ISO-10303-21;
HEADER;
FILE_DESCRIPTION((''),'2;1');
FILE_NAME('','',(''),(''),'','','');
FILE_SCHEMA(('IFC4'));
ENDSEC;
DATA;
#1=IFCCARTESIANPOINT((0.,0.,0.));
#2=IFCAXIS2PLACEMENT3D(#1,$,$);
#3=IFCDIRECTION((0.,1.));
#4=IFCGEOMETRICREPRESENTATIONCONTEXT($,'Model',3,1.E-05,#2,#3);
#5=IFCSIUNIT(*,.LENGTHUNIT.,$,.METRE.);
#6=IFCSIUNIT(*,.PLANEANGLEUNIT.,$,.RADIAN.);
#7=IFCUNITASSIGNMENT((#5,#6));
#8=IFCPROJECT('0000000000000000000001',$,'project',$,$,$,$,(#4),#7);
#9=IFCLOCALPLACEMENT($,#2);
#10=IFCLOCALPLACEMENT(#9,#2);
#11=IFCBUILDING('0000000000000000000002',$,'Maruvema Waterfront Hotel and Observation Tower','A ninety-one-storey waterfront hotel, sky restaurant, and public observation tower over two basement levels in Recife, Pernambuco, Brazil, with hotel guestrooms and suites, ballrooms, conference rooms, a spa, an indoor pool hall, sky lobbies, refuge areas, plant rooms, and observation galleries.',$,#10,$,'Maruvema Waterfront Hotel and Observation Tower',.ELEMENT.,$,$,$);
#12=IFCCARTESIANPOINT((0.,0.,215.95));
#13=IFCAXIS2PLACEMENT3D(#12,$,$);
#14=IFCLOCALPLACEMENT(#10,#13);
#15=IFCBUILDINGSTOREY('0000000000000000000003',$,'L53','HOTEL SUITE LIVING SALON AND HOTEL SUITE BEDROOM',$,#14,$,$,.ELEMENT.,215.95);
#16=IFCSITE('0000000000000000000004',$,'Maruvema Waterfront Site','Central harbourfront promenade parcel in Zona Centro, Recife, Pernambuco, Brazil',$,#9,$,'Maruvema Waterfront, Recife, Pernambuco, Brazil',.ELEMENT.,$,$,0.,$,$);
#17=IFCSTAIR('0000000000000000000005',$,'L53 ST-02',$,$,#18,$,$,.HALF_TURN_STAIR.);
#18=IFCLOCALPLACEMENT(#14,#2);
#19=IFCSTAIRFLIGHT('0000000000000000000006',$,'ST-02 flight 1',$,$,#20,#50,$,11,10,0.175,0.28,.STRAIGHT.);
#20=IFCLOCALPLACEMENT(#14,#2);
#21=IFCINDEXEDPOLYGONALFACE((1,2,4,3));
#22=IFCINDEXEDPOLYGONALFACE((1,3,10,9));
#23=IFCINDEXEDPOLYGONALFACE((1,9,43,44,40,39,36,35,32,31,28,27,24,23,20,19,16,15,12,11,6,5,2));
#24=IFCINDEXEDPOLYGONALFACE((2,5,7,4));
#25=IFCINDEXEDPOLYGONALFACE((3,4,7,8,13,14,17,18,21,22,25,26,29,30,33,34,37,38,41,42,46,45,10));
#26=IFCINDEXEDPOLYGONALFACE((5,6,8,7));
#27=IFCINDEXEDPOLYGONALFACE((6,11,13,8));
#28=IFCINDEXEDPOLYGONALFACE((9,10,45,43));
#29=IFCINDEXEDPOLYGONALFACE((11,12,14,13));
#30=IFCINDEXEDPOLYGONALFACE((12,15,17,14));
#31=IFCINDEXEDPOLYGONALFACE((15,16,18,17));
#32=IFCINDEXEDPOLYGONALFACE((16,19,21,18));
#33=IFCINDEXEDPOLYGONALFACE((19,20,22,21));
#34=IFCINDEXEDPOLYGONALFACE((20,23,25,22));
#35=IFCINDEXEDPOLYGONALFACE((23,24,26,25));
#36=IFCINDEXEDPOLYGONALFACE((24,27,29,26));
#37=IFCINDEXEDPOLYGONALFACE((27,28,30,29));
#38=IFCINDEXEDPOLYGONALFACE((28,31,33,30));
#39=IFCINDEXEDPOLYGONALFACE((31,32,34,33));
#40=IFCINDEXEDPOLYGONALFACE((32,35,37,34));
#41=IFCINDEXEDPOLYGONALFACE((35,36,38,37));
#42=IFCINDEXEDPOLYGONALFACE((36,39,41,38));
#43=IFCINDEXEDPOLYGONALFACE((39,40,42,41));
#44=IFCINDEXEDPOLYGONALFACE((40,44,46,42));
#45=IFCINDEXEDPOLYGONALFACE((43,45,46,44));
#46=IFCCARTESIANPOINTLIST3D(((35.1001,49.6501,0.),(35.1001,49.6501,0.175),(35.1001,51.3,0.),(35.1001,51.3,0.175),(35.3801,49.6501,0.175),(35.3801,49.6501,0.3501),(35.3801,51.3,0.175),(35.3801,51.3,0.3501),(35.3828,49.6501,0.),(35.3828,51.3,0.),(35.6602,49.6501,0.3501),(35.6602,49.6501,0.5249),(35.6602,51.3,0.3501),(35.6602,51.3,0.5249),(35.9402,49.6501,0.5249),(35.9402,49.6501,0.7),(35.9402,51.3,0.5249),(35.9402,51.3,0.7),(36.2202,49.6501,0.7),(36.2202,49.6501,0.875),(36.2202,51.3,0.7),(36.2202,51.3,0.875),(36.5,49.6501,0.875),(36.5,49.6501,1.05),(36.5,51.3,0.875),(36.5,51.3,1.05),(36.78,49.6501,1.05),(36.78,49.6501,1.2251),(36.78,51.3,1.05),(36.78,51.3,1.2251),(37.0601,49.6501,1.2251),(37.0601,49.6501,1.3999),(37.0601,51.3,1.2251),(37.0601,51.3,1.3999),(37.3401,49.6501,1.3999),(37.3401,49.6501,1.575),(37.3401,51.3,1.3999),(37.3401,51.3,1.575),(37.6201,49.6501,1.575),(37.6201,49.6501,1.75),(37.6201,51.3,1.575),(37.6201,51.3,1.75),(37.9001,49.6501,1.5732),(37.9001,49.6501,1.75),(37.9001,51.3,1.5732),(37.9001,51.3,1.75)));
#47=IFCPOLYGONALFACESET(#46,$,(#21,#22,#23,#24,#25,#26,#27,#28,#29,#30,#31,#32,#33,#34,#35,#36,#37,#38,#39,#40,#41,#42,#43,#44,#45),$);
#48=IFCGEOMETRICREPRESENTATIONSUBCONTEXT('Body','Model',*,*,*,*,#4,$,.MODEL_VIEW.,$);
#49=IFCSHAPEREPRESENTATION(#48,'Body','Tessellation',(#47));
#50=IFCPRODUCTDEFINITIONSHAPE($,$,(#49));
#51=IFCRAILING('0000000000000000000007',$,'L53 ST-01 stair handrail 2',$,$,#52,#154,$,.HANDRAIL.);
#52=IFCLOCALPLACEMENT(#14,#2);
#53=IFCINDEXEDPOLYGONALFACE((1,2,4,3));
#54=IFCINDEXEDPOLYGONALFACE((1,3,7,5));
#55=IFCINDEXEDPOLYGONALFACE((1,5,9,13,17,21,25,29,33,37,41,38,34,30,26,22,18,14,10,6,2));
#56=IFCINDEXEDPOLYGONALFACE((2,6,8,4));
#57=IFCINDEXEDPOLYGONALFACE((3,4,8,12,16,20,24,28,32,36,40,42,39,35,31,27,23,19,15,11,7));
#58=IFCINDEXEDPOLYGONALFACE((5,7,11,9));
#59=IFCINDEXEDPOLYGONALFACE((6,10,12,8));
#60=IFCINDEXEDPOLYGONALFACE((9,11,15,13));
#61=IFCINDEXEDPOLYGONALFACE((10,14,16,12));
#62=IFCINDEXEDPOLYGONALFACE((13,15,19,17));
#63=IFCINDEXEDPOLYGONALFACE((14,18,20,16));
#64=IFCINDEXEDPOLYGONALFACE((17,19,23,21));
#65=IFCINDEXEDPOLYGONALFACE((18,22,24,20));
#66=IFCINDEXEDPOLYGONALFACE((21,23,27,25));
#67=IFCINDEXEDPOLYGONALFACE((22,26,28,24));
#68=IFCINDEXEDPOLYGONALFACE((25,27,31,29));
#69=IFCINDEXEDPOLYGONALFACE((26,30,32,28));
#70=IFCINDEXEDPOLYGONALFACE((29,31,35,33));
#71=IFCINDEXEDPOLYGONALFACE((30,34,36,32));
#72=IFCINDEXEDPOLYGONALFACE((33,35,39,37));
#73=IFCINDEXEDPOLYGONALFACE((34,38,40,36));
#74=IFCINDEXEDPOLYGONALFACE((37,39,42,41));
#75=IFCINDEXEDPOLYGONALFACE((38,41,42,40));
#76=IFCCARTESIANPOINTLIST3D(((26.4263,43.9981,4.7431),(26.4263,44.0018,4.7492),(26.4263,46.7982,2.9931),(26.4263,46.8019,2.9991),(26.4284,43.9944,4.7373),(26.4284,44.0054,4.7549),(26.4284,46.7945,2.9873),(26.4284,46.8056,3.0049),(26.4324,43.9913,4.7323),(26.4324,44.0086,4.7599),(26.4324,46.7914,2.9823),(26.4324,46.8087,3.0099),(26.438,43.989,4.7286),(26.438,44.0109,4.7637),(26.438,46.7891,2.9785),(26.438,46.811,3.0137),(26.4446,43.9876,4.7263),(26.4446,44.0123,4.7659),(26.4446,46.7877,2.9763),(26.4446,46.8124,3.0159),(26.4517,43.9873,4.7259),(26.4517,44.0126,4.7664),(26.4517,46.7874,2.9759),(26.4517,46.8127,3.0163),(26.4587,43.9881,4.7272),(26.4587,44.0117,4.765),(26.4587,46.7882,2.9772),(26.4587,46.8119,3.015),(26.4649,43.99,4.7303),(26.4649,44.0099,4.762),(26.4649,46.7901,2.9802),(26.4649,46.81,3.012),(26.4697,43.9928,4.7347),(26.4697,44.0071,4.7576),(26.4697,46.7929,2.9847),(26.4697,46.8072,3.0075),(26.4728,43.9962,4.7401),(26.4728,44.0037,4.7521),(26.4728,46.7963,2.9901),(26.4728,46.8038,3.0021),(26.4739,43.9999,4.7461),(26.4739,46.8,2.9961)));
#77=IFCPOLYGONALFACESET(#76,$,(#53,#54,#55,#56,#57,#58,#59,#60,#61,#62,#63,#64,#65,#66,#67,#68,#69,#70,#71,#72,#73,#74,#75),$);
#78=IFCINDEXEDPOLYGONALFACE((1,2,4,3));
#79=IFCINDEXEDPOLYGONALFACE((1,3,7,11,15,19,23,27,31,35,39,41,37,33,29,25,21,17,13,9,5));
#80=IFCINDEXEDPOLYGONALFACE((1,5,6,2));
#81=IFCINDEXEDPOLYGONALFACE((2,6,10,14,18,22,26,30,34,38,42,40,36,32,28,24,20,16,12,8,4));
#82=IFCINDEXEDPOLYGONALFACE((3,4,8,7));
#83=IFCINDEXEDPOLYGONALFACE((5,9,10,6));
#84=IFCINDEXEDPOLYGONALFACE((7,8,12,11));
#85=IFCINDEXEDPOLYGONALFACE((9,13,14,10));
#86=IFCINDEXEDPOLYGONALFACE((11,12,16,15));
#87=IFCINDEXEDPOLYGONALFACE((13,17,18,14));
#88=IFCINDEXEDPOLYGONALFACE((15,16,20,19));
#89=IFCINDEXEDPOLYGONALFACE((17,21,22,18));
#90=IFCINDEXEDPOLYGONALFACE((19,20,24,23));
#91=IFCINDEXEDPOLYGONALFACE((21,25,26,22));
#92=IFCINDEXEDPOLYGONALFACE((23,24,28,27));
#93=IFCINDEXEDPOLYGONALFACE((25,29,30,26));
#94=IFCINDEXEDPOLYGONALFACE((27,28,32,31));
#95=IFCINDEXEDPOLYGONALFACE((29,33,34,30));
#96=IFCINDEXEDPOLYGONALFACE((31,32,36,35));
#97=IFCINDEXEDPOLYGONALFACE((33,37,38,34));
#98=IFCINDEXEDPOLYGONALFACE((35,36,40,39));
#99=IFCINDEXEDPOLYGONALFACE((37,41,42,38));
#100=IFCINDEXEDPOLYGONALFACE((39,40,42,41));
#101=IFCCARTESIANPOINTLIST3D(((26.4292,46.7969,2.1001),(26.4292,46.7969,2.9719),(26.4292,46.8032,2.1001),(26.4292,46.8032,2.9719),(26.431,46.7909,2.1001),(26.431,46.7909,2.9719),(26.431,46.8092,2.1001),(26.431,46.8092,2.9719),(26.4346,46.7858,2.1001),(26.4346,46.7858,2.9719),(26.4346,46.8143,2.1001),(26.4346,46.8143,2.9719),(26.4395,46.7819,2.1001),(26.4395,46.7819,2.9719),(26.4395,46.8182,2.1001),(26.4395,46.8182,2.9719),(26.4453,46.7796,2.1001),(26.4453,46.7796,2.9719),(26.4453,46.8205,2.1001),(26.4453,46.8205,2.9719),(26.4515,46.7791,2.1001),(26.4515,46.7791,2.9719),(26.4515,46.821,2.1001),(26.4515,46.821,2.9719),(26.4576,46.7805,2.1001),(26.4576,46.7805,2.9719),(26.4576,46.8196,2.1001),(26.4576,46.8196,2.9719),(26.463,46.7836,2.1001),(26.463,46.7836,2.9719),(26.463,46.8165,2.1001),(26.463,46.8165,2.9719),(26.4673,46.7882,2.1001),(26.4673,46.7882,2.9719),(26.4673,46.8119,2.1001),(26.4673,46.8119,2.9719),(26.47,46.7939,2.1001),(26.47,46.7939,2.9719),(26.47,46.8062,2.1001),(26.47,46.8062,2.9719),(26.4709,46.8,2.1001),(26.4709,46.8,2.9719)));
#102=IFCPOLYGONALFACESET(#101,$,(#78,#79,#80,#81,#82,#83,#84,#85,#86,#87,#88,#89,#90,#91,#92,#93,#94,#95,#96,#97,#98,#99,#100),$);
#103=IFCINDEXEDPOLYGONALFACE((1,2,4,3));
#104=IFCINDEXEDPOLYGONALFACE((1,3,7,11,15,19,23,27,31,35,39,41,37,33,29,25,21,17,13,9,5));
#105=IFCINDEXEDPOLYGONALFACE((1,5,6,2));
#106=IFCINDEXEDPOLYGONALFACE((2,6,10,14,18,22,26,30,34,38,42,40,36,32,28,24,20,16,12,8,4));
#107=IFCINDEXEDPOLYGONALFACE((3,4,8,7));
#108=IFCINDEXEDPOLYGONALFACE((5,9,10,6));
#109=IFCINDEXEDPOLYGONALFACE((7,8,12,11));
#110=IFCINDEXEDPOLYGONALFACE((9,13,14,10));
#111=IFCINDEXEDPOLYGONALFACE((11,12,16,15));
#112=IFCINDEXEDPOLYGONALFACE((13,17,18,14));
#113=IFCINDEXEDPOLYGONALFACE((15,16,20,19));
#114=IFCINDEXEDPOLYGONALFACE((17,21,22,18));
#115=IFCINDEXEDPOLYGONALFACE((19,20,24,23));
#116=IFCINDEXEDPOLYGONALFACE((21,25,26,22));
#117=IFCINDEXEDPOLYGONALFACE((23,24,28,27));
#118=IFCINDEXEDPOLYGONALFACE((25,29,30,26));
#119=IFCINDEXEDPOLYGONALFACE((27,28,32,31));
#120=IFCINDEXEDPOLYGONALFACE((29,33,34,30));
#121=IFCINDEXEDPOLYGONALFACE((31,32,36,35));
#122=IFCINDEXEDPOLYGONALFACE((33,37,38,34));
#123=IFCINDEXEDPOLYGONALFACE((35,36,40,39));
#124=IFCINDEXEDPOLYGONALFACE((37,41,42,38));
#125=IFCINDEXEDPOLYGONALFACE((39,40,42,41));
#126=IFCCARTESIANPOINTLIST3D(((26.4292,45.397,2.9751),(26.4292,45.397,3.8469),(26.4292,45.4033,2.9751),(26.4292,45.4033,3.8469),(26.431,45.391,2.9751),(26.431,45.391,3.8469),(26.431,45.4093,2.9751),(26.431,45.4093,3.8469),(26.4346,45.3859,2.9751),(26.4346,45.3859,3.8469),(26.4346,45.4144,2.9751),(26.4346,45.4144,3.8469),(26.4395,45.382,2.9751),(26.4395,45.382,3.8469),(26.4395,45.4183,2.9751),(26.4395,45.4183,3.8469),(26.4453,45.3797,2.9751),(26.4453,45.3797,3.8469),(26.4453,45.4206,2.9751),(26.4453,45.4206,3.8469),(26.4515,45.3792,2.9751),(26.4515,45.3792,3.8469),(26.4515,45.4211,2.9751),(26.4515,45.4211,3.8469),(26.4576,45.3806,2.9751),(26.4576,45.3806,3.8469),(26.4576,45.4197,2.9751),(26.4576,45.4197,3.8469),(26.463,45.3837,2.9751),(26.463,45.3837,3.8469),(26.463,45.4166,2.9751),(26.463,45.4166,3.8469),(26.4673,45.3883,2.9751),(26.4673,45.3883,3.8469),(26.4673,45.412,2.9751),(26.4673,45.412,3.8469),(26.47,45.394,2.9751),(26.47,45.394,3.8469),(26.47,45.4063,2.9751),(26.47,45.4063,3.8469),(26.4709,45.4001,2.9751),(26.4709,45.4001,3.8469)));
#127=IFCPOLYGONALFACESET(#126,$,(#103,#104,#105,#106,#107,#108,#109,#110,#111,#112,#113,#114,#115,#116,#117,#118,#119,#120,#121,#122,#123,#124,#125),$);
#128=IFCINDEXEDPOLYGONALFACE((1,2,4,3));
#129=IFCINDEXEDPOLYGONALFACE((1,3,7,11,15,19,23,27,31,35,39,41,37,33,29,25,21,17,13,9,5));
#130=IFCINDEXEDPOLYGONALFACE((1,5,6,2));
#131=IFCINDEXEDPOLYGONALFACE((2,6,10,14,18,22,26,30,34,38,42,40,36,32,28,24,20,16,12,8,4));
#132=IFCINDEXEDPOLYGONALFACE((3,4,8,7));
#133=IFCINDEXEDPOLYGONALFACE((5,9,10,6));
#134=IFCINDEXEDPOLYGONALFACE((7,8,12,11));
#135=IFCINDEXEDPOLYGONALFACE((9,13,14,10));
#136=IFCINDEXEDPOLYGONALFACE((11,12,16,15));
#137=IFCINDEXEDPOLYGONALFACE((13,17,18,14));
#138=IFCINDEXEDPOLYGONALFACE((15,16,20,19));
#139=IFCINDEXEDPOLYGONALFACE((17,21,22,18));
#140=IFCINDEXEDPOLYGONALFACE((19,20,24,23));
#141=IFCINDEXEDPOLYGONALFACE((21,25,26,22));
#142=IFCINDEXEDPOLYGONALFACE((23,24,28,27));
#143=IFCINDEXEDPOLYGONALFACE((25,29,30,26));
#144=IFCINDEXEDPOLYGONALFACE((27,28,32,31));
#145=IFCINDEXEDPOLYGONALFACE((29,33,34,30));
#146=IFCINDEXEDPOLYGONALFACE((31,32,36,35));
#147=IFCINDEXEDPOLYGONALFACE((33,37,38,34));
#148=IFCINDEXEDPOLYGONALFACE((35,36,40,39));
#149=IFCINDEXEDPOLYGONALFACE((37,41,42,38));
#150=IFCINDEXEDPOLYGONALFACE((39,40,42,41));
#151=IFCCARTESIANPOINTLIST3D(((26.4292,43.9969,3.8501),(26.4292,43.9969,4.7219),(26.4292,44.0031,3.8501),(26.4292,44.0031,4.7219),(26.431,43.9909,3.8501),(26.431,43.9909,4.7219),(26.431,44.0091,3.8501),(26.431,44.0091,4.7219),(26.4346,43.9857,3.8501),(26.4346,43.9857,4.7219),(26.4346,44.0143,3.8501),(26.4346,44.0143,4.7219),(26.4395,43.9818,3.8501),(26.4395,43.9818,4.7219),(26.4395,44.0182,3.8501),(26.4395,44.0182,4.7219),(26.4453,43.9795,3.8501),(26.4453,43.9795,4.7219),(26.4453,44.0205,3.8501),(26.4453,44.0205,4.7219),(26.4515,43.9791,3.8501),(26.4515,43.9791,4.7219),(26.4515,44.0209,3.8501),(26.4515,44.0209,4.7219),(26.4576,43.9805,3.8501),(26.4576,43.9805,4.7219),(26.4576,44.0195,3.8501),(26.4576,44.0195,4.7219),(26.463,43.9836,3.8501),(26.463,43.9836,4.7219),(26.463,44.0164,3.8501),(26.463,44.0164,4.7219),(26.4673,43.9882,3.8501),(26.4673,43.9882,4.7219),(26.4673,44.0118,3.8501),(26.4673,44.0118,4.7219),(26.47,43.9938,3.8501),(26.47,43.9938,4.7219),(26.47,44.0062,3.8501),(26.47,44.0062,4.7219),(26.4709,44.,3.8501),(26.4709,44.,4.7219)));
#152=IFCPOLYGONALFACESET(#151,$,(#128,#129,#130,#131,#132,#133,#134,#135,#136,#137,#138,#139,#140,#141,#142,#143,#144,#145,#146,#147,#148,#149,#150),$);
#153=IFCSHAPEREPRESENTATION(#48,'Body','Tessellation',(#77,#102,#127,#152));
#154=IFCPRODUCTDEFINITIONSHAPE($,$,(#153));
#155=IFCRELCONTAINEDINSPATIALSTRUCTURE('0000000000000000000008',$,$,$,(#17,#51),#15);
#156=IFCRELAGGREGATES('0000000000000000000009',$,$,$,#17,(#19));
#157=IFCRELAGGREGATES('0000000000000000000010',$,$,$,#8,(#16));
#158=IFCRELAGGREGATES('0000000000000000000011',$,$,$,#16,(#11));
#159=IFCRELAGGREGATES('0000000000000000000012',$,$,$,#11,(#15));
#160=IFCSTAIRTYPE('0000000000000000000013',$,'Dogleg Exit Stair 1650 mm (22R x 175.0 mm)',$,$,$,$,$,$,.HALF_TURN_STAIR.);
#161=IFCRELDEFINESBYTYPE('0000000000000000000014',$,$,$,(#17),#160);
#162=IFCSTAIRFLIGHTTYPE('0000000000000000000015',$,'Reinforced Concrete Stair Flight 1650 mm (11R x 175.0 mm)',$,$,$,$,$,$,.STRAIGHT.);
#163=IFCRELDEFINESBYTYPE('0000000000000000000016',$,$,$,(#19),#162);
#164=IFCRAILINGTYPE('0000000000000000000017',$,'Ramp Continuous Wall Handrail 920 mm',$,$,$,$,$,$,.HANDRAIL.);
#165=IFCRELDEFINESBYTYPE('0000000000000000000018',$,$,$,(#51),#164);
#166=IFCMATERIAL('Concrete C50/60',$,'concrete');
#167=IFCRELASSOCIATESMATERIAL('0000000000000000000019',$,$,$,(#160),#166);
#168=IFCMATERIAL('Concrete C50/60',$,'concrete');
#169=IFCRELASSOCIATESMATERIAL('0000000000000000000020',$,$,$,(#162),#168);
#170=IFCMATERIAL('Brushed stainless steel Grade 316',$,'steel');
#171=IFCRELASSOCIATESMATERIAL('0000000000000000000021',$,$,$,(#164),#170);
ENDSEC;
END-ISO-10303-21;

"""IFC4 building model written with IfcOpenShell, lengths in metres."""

from ifc_helpers import new_model, si_unit, direction, frame, origin, origin_2d, place, context, subcontext, project, spatial, polyline, circle, outline, extrude, material, type_object, element, aggregate, save


model = new_model("IFC4")

# Units and contexts
model_context = context("Model", 3, precision=1e-05, world=origin(), true_north=direction((0.0, 1.0)))
body_context = subcontext(model_context, "Body", "Model", "MODEL_VIEW")
ifc_project = project(units=[si_unit("LENGTHUNIT", "METRE"), si_unit("PLANEANGLEUNIT", "RADIAN")], contexts=[model_context])

# Site, building, storey
site_placement = place(None, origin())
site = spatial("IfcSite", under=ifc_project, at=site_placement, Name="Maruvema Waterfront Site", Description="Central harbourfront promenade parcel in Zona Centro, Recife, Pernambuco, Brazil", LongName="Maruvema Waterfront, Recife, Pernambuco, Brazil", CompositionType="ELEMENT", RefElevation=0.0)
building_placement = place(site_placement, origin())
building = spatial("IfcBuilding", under=site, at=building_placement, Name="Maruvema Waterfront Hotel and Observation Tower", Description="A ninety-one-storey waterfront hotel, sky restaurant, and public observation tower over two basement levels in Recife, Pernambuco, Brazil, with hotel guestrooms and suites, ballrooms, conference rooms, a spa, an indoor pool hall, sky lobbies, refuge areas, plant rooms, and observation galleries.", LongName="Maruvema Waterfront Hotel and Observation Tower", CompositionType="ELEMENT")
storey_placement = place(building_placement, frame((0.0, 0.0, 215.95)))
storey = spatial("IfcBuildingStorey", under=building, at=storey_placement, Name="L53", Description="HOTEL SUITE LIVING SALON AND HOTEL SUITE BEDROOM", CompositionType="ELEMENT", Elevation=215.95)

# Stair, stair flight
ifc_material_1 = material(Name="Concrete C50/60", Category="concrete")
stair_type = type_object("IfcStairType", Name="Dogleg Exit Stair 1650 mm (22R x 175.0 mm)", PredefinedType="HALF_TURN_STAIR", material=ifc_material_1)
ifc_material_2 = material(Name="Concrete C50/60", Category="concrete")
stair_flight_type = type_object("IfcStairFlightType", Name="Reinforced Concrete Stair Flight 1650 mm (11R x 175.0 mm)", PredefinedType="STRAIGHT", material=ifc_material_2)
stair_1_placement = place(storey_placement, origin())
stair_1 = element("IfcStair", 1, at=stair_1_placement, inside=storey, type_object=stair_type, Name="L53 ST-02", PredefinedType="HALF_TURN_STAIR")
stair_flight_1_placement = place(storey_placement, frame((35.1001, 50.4751, 0.0), z_axis=(0.0, 0.0, 1.0), x_axis=(1.0, 0.0, 0.0)))
stair_flight_1 = element("IfcStairFlight", 2, at=stair_flight_1_placement, type_object=stair_flight_type, Name="ST-02 flight 1", NumberOfRisers=11, NumberOfTreads=10, PredefinedType="STRAIGHT", RiserHeight=0.175, TreadLength=0.28, context=body_context, shape_type="SweptSolid", body=[
    extrude(outline(polyline([(0.0, 0.0), (0.0, 0.175), (0.28, 0.175), (0.28, 0.3501), (0.5601, 0.3501), (0.5601, 0.5249), (0.8401, 0.5249), (0.8401, 0.7), (1.1201, 0.7), (1.1201, 0.875), (1.3999, 0.875), (1.3999, 1.05), (1.6799, 1.05), (1.6799, 1.2251), (1.96, 1.2251), (1.96, 1.3999), (2.24, 1.3999), (2.24, 1.575), (2.52, 1.575), (2.52, 1.75), (2.8, 1.75), (2.8, 1.925), (2.8, 1.5732), (0.2827, 0.0), (0.0, 0.0)])), frame((0.0, 0.825, 0.0), z_axis=(0.0, -1.0, 0.0), x_axis=(1.0, 0.0, 0.0)), (0.0, 0.0, 1.0), 1.6499),
])
aggregate(stair_1, [stair_flight_1])

# Railing
ifc_material_3 = material(Name="Brushed stainless steel Grade 316", Category="steel")
railing_type_1 = type_object("IfcRailingType", Name="Ramp Continuous Wall Handrail 920 mm", PredefinedType="HANDRAIL", material=ifc_material_3)
railing_1_placement = place(storey_placement, frame((26.45, 46.8, 2.1001)))
element("IfcRailing", 3, at=railing_1_placement, inside=storey, type_object=railing_type_1, Name="L53 ST-01 stair handrail 2", PredefinedType="HANDRAIL", context=body_context, shape_type="SweptSolid", body=[
    extrude(circle(Radius=0.0239, at=origin_2d()), frame((0.0, 0.0, 0.896), z_axis=(0.0, -0.848002, 0.529992), x_axis=(1.0, 0.0, 0.0)), (0.0, 0.0, 1.0), 3.302),
    extrude(circle(Radius=0.021, at=origin_2d()), origin(), (0.0, 0.0, 1.0), 0.8718),
    extrude(circle(Radius=0.021, at=origin_2d()), frame((0.0, -1.3999, 0.875)), (0.0, 0.0, 1.0), 0.8718),
    extrude(circle(Radius=0.021, at=origin_2d()), frame((0.0, -2.8, 1.75)), (0.0, 0.0, 1.0), 0.8718),
])

save(model, "model.ifc")
